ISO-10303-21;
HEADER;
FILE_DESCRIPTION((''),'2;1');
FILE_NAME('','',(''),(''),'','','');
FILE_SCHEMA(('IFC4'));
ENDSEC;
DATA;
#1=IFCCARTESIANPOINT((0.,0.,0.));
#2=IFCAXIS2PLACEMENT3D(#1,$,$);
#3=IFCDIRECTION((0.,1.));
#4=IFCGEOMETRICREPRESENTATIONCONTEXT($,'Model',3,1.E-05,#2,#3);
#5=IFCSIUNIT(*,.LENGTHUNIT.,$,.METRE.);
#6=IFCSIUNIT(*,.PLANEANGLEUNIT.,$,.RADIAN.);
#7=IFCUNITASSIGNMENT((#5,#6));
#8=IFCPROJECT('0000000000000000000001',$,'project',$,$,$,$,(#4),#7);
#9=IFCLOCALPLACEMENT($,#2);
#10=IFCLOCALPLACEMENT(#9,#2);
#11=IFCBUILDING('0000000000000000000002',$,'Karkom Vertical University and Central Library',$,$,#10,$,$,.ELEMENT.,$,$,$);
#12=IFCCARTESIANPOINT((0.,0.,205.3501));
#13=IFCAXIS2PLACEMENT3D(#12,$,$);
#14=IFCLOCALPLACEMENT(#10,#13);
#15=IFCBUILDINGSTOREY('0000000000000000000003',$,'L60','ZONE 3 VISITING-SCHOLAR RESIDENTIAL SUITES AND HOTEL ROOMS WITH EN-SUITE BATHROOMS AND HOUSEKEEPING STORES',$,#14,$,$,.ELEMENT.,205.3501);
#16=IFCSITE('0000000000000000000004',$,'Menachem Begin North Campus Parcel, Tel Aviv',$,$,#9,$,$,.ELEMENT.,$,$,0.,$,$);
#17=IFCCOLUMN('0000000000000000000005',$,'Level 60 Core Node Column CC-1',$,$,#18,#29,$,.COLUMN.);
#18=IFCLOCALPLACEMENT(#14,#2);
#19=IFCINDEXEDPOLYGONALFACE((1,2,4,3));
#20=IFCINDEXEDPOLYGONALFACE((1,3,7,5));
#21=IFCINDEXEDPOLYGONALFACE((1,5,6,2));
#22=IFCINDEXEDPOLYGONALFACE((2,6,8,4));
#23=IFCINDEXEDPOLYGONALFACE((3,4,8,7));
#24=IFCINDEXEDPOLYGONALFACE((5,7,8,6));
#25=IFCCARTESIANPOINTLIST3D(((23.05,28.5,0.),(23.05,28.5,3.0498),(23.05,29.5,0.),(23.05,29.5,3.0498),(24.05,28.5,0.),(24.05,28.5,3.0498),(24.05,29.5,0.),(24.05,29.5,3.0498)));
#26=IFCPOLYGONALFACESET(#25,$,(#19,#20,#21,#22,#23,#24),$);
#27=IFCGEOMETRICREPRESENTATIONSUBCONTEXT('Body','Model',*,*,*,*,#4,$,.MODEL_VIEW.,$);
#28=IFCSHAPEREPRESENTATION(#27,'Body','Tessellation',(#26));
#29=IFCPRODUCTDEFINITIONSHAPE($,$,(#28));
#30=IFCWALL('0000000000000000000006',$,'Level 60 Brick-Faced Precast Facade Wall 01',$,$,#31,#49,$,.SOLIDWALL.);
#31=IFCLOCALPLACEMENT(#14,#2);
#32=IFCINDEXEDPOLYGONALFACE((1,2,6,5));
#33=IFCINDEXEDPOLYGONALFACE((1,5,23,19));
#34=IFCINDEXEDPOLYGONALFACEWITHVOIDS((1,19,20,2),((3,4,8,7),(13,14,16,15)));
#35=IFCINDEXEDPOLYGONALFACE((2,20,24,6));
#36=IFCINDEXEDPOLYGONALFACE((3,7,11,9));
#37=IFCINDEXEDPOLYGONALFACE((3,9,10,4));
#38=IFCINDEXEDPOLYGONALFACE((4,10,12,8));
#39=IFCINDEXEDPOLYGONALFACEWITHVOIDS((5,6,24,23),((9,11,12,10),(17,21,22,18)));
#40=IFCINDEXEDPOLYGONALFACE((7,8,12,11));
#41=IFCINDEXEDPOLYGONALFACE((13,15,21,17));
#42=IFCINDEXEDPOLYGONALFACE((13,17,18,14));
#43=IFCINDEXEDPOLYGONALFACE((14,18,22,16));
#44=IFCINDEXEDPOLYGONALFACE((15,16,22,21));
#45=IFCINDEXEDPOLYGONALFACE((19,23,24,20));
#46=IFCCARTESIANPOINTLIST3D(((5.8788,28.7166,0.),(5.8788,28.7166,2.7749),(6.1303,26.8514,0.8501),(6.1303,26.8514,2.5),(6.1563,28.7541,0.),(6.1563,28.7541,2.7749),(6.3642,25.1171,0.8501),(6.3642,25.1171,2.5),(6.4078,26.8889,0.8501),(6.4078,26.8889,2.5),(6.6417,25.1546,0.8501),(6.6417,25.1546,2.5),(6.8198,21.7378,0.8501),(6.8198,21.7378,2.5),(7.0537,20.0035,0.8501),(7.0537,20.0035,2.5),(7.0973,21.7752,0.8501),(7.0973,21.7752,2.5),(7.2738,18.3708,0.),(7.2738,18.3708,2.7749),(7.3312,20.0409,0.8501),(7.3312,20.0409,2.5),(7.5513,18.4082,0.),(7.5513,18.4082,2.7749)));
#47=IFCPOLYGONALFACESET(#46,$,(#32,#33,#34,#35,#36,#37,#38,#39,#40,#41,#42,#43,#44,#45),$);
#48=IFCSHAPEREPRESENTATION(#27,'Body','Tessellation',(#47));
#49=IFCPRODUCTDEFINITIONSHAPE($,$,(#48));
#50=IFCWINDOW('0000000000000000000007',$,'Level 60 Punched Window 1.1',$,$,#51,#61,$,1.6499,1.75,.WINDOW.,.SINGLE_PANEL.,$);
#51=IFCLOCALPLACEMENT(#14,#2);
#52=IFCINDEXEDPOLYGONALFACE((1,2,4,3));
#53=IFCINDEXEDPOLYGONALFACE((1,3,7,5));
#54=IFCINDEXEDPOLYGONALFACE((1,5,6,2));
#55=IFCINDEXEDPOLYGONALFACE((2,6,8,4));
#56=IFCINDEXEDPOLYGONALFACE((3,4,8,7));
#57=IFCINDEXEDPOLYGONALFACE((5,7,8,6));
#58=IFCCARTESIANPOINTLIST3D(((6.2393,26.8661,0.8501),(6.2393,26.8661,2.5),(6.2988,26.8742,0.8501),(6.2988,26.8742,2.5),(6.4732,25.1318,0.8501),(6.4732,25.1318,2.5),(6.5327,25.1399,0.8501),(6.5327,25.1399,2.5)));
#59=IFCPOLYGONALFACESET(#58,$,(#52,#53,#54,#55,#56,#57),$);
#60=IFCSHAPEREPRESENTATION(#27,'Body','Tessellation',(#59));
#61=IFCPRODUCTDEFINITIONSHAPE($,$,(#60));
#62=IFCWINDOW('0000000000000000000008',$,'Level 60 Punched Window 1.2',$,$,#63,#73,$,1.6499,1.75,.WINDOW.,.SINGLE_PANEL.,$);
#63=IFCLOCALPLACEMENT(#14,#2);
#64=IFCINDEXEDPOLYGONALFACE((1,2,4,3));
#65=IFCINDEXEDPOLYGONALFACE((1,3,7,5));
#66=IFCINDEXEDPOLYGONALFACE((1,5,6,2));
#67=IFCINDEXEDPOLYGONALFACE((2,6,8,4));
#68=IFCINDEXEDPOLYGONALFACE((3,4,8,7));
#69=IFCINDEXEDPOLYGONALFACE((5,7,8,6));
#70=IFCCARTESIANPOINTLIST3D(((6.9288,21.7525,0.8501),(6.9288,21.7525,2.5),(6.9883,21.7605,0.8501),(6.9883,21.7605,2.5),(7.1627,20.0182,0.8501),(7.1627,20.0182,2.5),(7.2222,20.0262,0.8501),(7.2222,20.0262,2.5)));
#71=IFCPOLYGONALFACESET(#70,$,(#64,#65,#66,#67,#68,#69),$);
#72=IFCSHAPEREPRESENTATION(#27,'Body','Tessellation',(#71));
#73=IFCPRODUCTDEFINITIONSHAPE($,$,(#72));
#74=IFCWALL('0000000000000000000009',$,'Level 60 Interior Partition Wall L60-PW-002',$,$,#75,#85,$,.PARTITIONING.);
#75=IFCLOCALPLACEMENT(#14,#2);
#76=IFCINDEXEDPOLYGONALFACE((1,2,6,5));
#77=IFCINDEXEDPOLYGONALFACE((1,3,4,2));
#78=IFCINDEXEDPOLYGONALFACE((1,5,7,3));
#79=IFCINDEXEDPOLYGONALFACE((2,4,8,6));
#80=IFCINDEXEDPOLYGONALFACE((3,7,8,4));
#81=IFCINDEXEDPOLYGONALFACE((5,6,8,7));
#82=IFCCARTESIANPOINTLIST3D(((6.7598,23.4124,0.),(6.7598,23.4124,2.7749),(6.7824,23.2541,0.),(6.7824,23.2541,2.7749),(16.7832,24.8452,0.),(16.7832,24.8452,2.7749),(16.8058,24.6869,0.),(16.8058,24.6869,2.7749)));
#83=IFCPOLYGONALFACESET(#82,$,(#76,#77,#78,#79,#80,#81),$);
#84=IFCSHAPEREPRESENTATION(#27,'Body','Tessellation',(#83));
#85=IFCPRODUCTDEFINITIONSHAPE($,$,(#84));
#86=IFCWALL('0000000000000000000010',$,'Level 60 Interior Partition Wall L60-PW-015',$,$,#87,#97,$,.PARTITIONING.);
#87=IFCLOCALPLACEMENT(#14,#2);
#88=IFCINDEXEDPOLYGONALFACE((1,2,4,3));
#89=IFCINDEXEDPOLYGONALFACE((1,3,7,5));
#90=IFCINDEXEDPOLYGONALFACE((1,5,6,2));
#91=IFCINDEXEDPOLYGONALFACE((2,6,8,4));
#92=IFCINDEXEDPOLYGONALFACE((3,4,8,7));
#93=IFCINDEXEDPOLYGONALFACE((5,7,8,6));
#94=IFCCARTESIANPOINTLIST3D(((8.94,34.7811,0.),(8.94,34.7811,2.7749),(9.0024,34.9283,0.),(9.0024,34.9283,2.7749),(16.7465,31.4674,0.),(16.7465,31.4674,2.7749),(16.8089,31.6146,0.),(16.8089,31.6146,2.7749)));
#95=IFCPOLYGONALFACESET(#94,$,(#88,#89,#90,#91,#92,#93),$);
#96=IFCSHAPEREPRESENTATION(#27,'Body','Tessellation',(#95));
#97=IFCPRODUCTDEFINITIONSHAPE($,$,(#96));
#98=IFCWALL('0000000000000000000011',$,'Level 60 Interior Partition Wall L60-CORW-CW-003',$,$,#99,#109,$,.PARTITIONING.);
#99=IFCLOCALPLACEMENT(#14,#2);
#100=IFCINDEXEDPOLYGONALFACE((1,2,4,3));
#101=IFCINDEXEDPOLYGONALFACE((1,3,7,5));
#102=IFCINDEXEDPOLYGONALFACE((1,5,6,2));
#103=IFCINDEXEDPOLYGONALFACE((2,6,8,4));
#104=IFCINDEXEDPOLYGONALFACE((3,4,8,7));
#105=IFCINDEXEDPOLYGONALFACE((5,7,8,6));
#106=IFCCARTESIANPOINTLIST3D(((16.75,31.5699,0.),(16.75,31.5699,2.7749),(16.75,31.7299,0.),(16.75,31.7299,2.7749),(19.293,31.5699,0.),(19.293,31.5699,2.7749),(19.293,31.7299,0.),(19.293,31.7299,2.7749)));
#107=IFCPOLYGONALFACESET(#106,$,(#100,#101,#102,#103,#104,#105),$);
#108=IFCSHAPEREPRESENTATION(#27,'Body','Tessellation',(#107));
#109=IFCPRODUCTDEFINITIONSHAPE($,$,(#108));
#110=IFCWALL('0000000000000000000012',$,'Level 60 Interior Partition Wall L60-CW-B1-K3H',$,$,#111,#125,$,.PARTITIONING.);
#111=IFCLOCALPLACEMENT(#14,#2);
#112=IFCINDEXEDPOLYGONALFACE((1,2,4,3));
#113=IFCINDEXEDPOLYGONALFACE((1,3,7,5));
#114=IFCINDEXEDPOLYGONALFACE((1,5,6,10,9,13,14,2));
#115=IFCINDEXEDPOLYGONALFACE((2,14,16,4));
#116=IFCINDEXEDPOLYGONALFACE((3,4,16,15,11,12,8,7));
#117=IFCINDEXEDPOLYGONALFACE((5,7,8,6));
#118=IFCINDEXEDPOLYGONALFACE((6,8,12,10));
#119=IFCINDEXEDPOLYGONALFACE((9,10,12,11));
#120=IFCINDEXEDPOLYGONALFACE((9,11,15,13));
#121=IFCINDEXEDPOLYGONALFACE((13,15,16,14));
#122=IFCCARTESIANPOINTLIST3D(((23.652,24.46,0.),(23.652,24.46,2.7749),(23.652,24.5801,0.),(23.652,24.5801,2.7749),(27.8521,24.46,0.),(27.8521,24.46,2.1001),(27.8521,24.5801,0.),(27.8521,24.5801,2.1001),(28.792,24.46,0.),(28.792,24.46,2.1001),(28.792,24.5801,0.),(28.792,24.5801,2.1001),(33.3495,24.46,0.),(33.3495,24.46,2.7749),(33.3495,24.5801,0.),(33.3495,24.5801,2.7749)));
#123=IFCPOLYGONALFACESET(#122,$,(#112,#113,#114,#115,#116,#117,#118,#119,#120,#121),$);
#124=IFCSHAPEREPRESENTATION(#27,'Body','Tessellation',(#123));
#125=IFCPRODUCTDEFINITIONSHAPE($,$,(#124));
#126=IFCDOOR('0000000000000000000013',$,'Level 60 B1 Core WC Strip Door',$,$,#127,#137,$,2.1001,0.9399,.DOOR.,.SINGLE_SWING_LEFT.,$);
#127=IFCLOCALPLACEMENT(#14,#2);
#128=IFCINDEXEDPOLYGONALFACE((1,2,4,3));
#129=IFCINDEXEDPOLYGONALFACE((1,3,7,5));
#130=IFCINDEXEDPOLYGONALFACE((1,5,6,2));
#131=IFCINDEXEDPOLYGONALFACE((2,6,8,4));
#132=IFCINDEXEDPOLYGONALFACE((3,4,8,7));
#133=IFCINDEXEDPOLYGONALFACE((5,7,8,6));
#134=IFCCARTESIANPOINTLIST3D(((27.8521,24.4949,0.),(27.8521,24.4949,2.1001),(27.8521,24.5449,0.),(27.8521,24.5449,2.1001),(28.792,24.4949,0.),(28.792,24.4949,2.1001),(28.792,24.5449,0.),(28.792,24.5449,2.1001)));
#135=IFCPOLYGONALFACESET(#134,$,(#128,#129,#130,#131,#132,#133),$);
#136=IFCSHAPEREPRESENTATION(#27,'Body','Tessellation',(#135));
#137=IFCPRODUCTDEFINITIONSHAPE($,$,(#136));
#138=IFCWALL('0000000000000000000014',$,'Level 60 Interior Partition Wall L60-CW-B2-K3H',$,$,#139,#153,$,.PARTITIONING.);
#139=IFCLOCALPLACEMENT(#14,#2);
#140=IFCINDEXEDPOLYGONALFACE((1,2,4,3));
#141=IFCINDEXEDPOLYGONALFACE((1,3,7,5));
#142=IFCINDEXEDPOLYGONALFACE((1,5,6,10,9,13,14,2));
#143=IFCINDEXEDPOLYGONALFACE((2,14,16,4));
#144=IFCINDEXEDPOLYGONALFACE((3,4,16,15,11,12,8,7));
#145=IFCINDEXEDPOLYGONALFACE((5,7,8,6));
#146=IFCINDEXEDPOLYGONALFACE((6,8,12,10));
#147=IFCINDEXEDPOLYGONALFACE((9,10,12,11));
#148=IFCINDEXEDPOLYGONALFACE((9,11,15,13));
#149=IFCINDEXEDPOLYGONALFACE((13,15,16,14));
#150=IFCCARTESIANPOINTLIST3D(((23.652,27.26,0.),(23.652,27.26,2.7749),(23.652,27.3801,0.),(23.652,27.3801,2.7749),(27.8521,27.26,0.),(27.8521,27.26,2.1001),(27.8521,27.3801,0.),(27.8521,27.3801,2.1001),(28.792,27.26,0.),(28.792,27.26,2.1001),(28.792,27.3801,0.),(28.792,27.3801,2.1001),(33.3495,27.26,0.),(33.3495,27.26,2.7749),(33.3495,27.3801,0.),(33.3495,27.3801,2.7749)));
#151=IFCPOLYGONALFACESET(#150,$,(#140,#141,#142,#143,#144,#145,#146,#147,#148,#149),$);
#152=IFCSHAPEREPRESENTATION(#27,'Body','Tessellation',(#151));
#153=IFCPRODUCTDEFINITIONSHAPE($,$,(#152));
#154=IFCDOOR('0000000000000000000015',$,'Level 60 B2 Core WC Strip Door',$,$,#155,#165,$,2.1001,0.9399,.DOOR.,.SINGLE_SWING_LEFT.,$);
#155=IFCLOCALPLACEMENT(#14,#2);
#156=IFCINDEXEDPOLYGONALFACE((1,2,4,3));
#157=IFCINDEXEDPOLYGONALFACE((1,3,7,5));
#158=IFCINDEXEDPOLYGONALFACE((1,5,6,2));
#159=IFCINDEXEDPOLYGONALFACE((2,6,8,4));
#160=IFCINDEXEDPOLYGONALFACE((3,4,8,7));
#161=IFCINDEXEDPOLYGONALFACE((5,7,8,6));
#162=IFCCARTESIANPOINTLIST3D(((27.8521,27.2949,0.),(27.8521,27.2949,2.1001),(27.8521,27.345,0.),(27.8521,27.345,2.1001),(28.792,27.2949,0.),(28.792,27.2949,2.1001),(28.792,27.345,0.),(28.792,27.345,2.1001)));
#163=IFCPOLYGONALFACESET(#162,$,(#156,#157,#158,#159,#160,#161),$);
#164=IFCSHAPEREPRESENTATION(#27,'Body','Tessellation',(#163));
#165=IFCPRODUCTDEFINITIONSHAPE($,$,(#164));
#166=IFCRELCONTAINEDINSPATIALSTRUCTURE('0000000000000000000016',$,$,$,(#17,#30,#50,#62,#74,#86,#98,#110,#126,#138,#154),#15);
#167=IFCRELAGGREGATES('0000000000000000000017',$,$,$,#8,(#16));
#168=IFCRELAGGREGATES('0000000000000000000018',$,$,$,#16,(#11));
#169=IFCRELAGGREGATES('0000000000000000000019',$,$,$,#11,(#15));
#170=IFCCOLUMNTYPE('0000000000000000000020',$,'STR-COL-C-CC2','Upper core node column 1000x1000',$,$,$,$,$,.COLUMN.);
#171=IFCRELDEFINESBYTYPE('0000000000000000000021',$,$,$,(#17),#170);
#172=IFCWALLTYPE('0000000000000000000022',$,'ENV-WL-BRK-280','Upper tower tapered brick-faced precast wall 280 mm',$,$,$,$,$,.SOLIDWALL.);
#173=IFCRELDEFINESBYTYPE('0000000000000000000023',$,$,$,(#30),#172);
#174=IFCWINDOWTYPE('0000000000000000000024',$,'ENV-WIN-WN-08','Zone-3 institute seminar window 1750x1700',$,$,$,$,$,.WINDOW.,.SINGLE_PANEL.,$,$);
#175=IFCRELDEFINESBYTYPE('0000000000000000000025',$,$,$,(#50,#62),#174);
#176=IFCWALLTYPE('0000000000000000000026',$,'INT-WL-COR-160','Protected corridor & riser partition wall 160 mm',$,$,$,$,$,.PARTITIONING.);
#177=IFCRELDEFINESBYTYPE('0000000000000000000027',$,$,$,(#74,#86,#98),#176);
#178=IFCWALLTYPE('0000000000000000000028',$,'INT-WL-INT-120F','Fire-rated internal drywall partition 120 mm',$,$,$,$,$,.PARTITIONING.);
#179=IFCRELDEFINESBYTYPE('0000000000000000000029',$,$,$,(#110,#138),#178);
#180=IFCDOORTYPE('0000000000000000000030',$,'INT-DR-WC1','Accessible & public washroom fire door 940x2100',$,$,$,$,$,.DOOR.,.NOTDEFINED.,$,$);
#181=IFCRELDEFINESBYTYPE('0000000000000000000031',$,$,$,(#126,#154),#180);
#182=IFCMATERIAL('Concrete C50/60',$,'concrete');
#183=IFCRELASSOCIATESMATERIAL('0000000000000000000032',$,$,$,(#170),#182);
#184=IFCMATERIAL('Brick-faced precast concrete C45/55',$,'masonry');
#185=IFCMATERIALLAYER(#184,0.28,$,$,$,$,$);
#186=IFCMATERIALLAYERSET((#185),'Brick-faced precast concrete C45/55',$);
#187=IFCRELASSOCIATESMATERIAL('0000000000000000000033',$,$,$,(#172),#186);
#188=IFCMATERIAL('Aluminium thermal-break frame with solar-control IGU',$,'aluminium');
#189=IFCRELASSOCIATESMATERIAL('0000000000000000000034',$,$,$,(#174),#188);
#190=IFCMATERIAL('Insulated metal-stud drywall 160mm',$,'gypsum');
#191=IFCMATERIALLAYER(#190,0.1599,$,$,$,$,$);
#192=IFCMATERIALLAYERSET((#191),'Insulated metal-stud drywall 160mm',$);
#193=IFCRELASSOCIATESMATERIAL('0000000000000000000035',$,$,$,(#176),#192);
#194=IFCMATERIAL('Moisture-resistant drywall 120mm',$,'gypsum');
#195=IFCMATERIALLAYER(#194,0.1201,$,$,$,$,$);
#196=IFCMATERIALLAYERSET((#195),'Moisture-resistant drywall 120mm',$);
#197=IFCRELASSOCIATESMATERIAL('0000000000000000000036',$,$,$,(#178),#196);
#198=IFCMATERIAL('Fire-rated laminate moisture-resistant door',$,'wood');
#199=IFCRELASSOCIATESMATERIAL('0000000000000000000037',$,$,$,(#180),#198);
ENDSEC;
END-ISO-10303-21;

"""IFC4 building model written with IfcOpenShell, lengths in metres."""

from ifc_helpers import new_model, si_unit, direction, frame, frame_2d, origin, origin_with_axes, origin_2d, place, context, subcontext, project, spatial, rectangle, extrude, source, transform, mapped, material, layer, layer_set, material_profile, profile_set, type_object, element, fill, save


model = new_model("IFC4")

# Units and contexts
model_context = context("Model", 3, precision=1e-05, world=origin(), true_north=direction((0.0, 1.0)))
body_context = subcontext(model_context, "Body", "Model", "MODEL_VIEW")
ifc_project = project(units=[si_unit("LENGTHUNIT", "METRE"), si_unit("PLANEANGLEUNIT", "RADIAN")], contexts=[model_context])

# Site, building, storey
site_placement = place(None, origin())
site = spatial("IfcSite", under=ifc_project, at=site_placement, Name="Menachem Begin North Campus Parcel, Tel Aviv", CompositionType="ELEMENT", RefElevation=0.0)
building_placement = place(site_placement, origin())
building = spatial("IfcBuilding", under=site, at=building_placement, Name="Karkom Vertical University and Central Library", CompositionType="ELEMENT")
storey_placement = place(building_placement, frame((0.0, 0.0, 205.3501)))
storey = spatial("IfcBuildingStorey", under=building, at=storey_placement, Name="L60", Description="ZONE 3 VISITING-SCHOLAR RESIDENTIAL SUITES AND HOTEL ROOMS WITH EN-SUITE BATHROOMS AND HOUSEKEEPING STORES", CompositionType="ELEMENT", Elevation=205.3501)

# Column
ifc_material_1 = material(Name="Concrete C50/60", Category="concrete")
ifc_material_profile = material_profile(ifc_material_1, rectangle(XDim=1.0, YDim=1.0, at=origin_2d()), Name="RC-1000x1000")
ifc_profile_set = profile_set([ifc_material_profile], Name="Concrete C50/60")
column_type = type_object("IfcColumnType", Name="STR-COL-C-CC2", Description="Upper core node column 1000x1000", PredefinedType="COLUMN", material=ifc_profile_set)
shared_shape_1 = source(origin_with_axes(), body_context, "Body", "SweptSolid", [
    extrude(rectangle(XDim=1.0, YDim=1.0, at=origin_2d()), origin(), (0.0, 0.0, 1.0), 3.0498),
])
column_placement = place(storey_placement, frame((23.55, 29.0, 0.0), z_axis=(0.0, 0.0, 1.0), x_axis=(1.0, 0.0, 0.0)))
element("IfcColumn", 1, at=column_placement, inside=storey, type_object=column_type, Name="Level 60 Core Node Column CC-1", PredefinedType="COLUMN", context=body_context, shape_type="MappedRepresentation", body=[
    mapped(shared_shape_1, transform((0.0, 0.0, 0.0), scale=1.0)),
])

# Wall, openings, windows
ifc_material_2 = material(Name="Brick-faced precast concrete C45/55", Category="masonry")
ifc_layer_1 = layer(ifc_material_2, 0.28)
ifc_layer_set_1 = layer_set([ifc_layer_1], Name="Brick-faced precast concrete C45/55")
wall_type_1 = type_object("IfcWallType", Name="ENV-WL-BRK-280", Description="Upper tower tapered brick-faced precast wall 280 mm", PredefinedType="SOLIDWALL", material=ifc_layer_set_1)
wall_1_placement = place(storey_placement, frame((6.0176, 28.7354, 0.0), z_axis=(0.0, 0.0, 1.0), x_axis=(0.133628, -0.991032, 0.0)))
wall_1 = element("IfcWall", 2, at=wall_1_placement, inside=storey, type_object=wall_type_1, Name="Level 60 Brick-Faced Precast Facade Wall 01", PredefinedType="SOLIDWALL", context=body_context, shape_type="SweptSolid", body=[
    extrude(rectangle(XDim=10.4395, YDim=0.28, at=frame_2d((5.2197, 0.0))), origin(), (0.0, 0.0, 1.0), 2.7749),
])
opening_1_placement = place(wall_1_placement, frame((1.8821, 0.0, 0.8501)))
opening_1 = element("IfcOpeningElement", 3, at=opening_1_placement, cuts=wall_1, PredefinedType="OPENING", context=body_context, shape_type="SweptSolid", body=[
    extrude(rectangle(XDim=1.75, YDim=1.6499, at=frame_2d((0.875, 0.825))), frame((0.0, 0.1499, 0.0), z_axis=(0.0, -1.0, 0.0), x_axis=(1.0, 0.0, 0.0)), (0.0, 0.0, 1.0), 0.3),
])
opening_2_placement = place(wall_1_placement, frame((7.042, 0.0, 0.8501)))
opening_2 = element("IfcOpeningElement", 4, at=opening_2_placement, cuts=wall_1, PredefinedType="OPENING", context=body_context, shape_type="SweptSolid", body=[
    extrude(rectangle(XDim=1.75, YDim=1.6499, at=frame_2d((0.875, 0.825))), frame((0.0, 0.1499, 0.0), z_axis=(0.0, -1.0, 0.0), x_axis=(1.0, 0.0, 0.0)), (0.0, 0.0, 1.0), 0.3),
])
ifc_material_3 = material(Name="Aluminium thermal-break frame with solar-control IGU", Category="aluminium")
window_type = type_object("IfcWindowType", Name="ENV-WIN-WN-08", Description="Zone-3 institute seminar window 1750x1700", PartitioningType="SINGLE_PANEL", PredefinedType="WINDOW", material=ifc_material_3)
shared_shape_2 = source(origin_with_axes(), body_context, "Body", "SweptSolid", [
    extrude(rectangle(XDim=1.75, YDim=1.6499, at=frame_2d((0.875, 0.825))), frame((0.0, 0.03, 0.0), z_axis=(0.0, -1.0, 0.0), x_axis=(1.0, 0.0, 0.0)), (0.0, 0.0, 1.0), 0.0601),
])
window_1_placement = place(opening_1_placement, origin())
window_1 = element("IfcWindow", 5, at=window_1_placement, inside=storey, type_object=window_type, Name="Level 60 Punched Window 1.1", OverallHeight=1.6499, OverallWidth=1.75, PartitioningType="SINGLE_PANEL", PredefinedType="WINDOW", context=body_context, shape_type="MappedRepresentation", body=[
    mapped(shared_shape_2, transform((0.0, 0.0, 0.0), scale=1.0)),
])
fill(opening_1, window_1)
window_2_placement = place(opening_2_placement, origin())
window_2 = element("IfcWindow", 6, at=window_2_placement, inside=storey, type_object=window_type, Name="Level 60 Punched Window 1.2", OverallHeight=1.6499, OverallWidth=1.75, PartitioningType="SINGLE_PANEL", PredefinedType="WINDOW", context=body_context, shape_type="MappedRepresentation", body=[
    mapped(shared_shape_2, transform((0.0, 0.0, 0.0), scale=1.0)),
])
fill(opening_2, window_2)

# Walls
ifc_material_4 = material(Name="Insulated metal-stud drywall 160mm", Category="gypsum")
ifc_layer_2 = layer(ifc_material_4, 0.1599)
ifc_layer_set_2 = layer_set([ifc_layer_2], Name="Insulated metal-stud drywall 160mm")
wall_type_2 = type_object("IfcWallType", Name="INT-WL-COR-160", Description="Protected corridor & riser partition wall 160 mm", PredefinedType="PARTITIONING", material=ifc_layer_set_2)
wall_2_placement = place(storey_placement, frame((6.7712, 23.3333, 0.0), z_axis=(0.0, 0.0, 1.0), x_axis=(0.989936, 0.141512, 0.0)))
element("IfcWall", 7, at=wall_2_placement, inside=storey, type_object=wall_type_2, Name="Level 60 Interior Partition Wall L60-PW-002", PredefinedType="PARTITIONING", context=body_context, shape_type="SweptSolid", body=[
    extrude(rectangle(XDim=10.1252, YDim=0.1599, at=frame_2d((5.0625, 0.0))), origin(), (0.0, 0.0, 1.0), 2.7749),
])
wall_3_placement = place(storey_placement, frame((16.7776, 31.541, 0.0), z_axis=(0.0, 0.0, 1.0), x_axis=(-0.920501, 0.390741, 0.0)))
element("IfcWall", 8, at=wall_3_placement, inside=storey, type_object=wall_type_2, Name="Level 60 Interior Partition Wall L60-PW-015", PredefinedType="PARTITIONING", context=body_context, shape_type="SweptSolid", body=[
    extrude(rectangle(XDim=8.4807, YDim=0.1599, at=frame_2d((4.2402, 0.0))), origin(), (0.0, 0.0, 1.0), 2.7749),
])
wall_4_placement = place(storey_placement, frame((16.75, 31.6499, 0.0), z_axis=(0.0, 0.0, 1.0), x_axis=(1.0, 0.0, 0.0)))
element("IfcWall", 9, at=wall_4_placement, inside=storey, type_object=wall_type_2, Name="Level 60 Interior Partition Wall L60-CORW-CW-003", PredefinedType="PARTITIONING", context=body_context, shape_type="SweptSolid", body=[
    extrude(rectangle(XDim=2.543, YDim=0.1599, at=frame_2d((1.2715, 0.0))), origin(), (0.0, 0.0, 1.0), 2.7749),
])

# Walls, openings, doors
ifc_material_5 = material(Name="Moisture-resistant drywall 120mm", Category="gypsum")
ifc_layer_3 = layer(ifc_material_5, 0.1201)
ifc_layer_set_3 = layer_set([ifc_layer_3], Name="Moisture-resistant drywall 120mm")
wall_type_3 = type_object("IfcWallType", Name="INT-WL-INT-120F", Description="Fire-rated internal drywall partition 120 mm", PredefinedType="PARTITIONING", material=ifc_layer_set_3)
wall_5_placement = place(storey_placement, frame((23.6521, 24.52, 0.0), z_axis=(0.0, 0.0, 1.0), x_axis=(1.0, 0.0, 0.0)))
wall_5 = element("IfcWall", 10, at=wall_5_placement, inside=storey, type_object=wall_type_3, Name="Level 60 Interior Partition Wall L60-CW-B1-K3H", PredefinedType="PARTITIONING", context=body_context, shape_type="SweptSolid", body=[
    extrude(rectangle(XDim=9.6975, YDim=0.1201, at=frame_2d((4.8486, 0.0))), origin(), (0.0, 0.0, 1.0), 2.7749),
])
opening_3_placement = place(wall_5_placement, frame((4.2, 0.0, 0.0)))
opening_3 = element("IfcOpeningElement", 11, at=opening_3_placement, cuts=wall_5, PredefinedType="OPENING", context=body_context, shape_type="SweptSolid", body=[
    extrude(rectangle(XDim=0.9399, YDim=2.1001, at=frame_2d((0.47, 1.05))), frame((0.0, 0.0701, 0.0), z_axis=(0.0, -1.0, 0.0), x_axis=(1.0, 0.0, 0.0)), (0.0, 0.0, 1.0), 0.1401),
])
ifc_material_6 = material(Name="Fire-rated laminate moisture-resistant door", Category="wood")
door_type_1 = type_object("IfcDoorType", Name="INT-DR-WC1", Description="Accessible & public washroom fire door 940x2100", OperationType="NOTDEFINED", PredefinedType="DOOR", material=ifc_material_6)
shared_shape_3 = source(origin_with_axes(), body_context, "Body", "SweptSolid", [
    extrude(rectangle(XDim=0.9399, YDim=2.1001, at=frame_2d((0.47, 1.05))), frame((0.0, 0.0249, 0.0), z_axis=(0.0, -1.0, 0.0), x_axis=(1.0, 0.0, 0.0)), (0.0, 0.0, 1.0), 0.05),
])
door_1_placement = place(opening_3_placement, origin())
door_1 = element("IfcDoor", 12, at=door_1_placement, inside=storey, type_object=door_type_1, Name="Level 60 B1 Core WC Strip Door", OperationType="SINGLE_SWING_LEFT", OverallHeight=2.1001, OverallWidth=0.9399, PredefinedType="DOOR", context=body_context, shape_type="MappedRepresentation", body=[
    mapped(shared_shape_3, transform((0.0, 0.0, 0.0), scale=1.0)),
])
fill(opening_3, door_1)
wall_6_placement = place(storey_placement, frame((23.6521, 27.3201, 0.0), z_axis=(0.0, 0.0, 1.0), x_axis=(1.0, 0.0, 0.0)))
wall_6 = element("IfcWall", 13, at=wall_6_placement, inside=storey, type_object=wall_type_3, Name="Level 60 Interior Partition Wall L60-CW-B2-K3H", PredefinedType="PARTITIONING", context=body_context, shape_type="SweptSolid", body=[
    extrude(rectangle(XDim=9.6975, YDim=0.1201, at=frame_2d((4.8486, 0.0))), origin(), (0.0, 0.0, 1.0), 2.7749),
])
opening_4_placement = place(wall_6_placement, frame((4.2, 0.0, 0.0)))
opening_4 = element("IfcOpeningElement", 14, at=opening_4_placement, cuts=wall_6, PredefinedType="OPENING", context=body_context, shape_type="SweptSolid", body=[
    extrude(rectangle(XDim=0.9399, YDim=2.1001, at=frame_2d((0.47, 1.05))), frame((0.0, 0.0701, 0.0), z_axis=(0.0, -1.0, 0.0), x_axis=(1.0, 0.0, 0.0)), (0.0, 0.0, 1.0), 0.1401),
])
door_2_placement = place(opening_4_placement, origin())
door_2 = element("IfcDoor", 15, at=door_2_placement, inside=storey, type_object=door_type_1, Name="Level 60 B2 Core WC Strip Door", OperationType="SINGLE_SWING_LEFT", OverallHeight=2.1001, OverallWidth=0.9399, PredefinedType="DOOR", context=body_context, shape_type="MappedRepresentation", body=[
    mapped(shared_shape_3, transform((0.0, 0.0, 0.0), scale=1.0)),
])
fill(opening_4, door_2)

save(model, "model.ifc")
